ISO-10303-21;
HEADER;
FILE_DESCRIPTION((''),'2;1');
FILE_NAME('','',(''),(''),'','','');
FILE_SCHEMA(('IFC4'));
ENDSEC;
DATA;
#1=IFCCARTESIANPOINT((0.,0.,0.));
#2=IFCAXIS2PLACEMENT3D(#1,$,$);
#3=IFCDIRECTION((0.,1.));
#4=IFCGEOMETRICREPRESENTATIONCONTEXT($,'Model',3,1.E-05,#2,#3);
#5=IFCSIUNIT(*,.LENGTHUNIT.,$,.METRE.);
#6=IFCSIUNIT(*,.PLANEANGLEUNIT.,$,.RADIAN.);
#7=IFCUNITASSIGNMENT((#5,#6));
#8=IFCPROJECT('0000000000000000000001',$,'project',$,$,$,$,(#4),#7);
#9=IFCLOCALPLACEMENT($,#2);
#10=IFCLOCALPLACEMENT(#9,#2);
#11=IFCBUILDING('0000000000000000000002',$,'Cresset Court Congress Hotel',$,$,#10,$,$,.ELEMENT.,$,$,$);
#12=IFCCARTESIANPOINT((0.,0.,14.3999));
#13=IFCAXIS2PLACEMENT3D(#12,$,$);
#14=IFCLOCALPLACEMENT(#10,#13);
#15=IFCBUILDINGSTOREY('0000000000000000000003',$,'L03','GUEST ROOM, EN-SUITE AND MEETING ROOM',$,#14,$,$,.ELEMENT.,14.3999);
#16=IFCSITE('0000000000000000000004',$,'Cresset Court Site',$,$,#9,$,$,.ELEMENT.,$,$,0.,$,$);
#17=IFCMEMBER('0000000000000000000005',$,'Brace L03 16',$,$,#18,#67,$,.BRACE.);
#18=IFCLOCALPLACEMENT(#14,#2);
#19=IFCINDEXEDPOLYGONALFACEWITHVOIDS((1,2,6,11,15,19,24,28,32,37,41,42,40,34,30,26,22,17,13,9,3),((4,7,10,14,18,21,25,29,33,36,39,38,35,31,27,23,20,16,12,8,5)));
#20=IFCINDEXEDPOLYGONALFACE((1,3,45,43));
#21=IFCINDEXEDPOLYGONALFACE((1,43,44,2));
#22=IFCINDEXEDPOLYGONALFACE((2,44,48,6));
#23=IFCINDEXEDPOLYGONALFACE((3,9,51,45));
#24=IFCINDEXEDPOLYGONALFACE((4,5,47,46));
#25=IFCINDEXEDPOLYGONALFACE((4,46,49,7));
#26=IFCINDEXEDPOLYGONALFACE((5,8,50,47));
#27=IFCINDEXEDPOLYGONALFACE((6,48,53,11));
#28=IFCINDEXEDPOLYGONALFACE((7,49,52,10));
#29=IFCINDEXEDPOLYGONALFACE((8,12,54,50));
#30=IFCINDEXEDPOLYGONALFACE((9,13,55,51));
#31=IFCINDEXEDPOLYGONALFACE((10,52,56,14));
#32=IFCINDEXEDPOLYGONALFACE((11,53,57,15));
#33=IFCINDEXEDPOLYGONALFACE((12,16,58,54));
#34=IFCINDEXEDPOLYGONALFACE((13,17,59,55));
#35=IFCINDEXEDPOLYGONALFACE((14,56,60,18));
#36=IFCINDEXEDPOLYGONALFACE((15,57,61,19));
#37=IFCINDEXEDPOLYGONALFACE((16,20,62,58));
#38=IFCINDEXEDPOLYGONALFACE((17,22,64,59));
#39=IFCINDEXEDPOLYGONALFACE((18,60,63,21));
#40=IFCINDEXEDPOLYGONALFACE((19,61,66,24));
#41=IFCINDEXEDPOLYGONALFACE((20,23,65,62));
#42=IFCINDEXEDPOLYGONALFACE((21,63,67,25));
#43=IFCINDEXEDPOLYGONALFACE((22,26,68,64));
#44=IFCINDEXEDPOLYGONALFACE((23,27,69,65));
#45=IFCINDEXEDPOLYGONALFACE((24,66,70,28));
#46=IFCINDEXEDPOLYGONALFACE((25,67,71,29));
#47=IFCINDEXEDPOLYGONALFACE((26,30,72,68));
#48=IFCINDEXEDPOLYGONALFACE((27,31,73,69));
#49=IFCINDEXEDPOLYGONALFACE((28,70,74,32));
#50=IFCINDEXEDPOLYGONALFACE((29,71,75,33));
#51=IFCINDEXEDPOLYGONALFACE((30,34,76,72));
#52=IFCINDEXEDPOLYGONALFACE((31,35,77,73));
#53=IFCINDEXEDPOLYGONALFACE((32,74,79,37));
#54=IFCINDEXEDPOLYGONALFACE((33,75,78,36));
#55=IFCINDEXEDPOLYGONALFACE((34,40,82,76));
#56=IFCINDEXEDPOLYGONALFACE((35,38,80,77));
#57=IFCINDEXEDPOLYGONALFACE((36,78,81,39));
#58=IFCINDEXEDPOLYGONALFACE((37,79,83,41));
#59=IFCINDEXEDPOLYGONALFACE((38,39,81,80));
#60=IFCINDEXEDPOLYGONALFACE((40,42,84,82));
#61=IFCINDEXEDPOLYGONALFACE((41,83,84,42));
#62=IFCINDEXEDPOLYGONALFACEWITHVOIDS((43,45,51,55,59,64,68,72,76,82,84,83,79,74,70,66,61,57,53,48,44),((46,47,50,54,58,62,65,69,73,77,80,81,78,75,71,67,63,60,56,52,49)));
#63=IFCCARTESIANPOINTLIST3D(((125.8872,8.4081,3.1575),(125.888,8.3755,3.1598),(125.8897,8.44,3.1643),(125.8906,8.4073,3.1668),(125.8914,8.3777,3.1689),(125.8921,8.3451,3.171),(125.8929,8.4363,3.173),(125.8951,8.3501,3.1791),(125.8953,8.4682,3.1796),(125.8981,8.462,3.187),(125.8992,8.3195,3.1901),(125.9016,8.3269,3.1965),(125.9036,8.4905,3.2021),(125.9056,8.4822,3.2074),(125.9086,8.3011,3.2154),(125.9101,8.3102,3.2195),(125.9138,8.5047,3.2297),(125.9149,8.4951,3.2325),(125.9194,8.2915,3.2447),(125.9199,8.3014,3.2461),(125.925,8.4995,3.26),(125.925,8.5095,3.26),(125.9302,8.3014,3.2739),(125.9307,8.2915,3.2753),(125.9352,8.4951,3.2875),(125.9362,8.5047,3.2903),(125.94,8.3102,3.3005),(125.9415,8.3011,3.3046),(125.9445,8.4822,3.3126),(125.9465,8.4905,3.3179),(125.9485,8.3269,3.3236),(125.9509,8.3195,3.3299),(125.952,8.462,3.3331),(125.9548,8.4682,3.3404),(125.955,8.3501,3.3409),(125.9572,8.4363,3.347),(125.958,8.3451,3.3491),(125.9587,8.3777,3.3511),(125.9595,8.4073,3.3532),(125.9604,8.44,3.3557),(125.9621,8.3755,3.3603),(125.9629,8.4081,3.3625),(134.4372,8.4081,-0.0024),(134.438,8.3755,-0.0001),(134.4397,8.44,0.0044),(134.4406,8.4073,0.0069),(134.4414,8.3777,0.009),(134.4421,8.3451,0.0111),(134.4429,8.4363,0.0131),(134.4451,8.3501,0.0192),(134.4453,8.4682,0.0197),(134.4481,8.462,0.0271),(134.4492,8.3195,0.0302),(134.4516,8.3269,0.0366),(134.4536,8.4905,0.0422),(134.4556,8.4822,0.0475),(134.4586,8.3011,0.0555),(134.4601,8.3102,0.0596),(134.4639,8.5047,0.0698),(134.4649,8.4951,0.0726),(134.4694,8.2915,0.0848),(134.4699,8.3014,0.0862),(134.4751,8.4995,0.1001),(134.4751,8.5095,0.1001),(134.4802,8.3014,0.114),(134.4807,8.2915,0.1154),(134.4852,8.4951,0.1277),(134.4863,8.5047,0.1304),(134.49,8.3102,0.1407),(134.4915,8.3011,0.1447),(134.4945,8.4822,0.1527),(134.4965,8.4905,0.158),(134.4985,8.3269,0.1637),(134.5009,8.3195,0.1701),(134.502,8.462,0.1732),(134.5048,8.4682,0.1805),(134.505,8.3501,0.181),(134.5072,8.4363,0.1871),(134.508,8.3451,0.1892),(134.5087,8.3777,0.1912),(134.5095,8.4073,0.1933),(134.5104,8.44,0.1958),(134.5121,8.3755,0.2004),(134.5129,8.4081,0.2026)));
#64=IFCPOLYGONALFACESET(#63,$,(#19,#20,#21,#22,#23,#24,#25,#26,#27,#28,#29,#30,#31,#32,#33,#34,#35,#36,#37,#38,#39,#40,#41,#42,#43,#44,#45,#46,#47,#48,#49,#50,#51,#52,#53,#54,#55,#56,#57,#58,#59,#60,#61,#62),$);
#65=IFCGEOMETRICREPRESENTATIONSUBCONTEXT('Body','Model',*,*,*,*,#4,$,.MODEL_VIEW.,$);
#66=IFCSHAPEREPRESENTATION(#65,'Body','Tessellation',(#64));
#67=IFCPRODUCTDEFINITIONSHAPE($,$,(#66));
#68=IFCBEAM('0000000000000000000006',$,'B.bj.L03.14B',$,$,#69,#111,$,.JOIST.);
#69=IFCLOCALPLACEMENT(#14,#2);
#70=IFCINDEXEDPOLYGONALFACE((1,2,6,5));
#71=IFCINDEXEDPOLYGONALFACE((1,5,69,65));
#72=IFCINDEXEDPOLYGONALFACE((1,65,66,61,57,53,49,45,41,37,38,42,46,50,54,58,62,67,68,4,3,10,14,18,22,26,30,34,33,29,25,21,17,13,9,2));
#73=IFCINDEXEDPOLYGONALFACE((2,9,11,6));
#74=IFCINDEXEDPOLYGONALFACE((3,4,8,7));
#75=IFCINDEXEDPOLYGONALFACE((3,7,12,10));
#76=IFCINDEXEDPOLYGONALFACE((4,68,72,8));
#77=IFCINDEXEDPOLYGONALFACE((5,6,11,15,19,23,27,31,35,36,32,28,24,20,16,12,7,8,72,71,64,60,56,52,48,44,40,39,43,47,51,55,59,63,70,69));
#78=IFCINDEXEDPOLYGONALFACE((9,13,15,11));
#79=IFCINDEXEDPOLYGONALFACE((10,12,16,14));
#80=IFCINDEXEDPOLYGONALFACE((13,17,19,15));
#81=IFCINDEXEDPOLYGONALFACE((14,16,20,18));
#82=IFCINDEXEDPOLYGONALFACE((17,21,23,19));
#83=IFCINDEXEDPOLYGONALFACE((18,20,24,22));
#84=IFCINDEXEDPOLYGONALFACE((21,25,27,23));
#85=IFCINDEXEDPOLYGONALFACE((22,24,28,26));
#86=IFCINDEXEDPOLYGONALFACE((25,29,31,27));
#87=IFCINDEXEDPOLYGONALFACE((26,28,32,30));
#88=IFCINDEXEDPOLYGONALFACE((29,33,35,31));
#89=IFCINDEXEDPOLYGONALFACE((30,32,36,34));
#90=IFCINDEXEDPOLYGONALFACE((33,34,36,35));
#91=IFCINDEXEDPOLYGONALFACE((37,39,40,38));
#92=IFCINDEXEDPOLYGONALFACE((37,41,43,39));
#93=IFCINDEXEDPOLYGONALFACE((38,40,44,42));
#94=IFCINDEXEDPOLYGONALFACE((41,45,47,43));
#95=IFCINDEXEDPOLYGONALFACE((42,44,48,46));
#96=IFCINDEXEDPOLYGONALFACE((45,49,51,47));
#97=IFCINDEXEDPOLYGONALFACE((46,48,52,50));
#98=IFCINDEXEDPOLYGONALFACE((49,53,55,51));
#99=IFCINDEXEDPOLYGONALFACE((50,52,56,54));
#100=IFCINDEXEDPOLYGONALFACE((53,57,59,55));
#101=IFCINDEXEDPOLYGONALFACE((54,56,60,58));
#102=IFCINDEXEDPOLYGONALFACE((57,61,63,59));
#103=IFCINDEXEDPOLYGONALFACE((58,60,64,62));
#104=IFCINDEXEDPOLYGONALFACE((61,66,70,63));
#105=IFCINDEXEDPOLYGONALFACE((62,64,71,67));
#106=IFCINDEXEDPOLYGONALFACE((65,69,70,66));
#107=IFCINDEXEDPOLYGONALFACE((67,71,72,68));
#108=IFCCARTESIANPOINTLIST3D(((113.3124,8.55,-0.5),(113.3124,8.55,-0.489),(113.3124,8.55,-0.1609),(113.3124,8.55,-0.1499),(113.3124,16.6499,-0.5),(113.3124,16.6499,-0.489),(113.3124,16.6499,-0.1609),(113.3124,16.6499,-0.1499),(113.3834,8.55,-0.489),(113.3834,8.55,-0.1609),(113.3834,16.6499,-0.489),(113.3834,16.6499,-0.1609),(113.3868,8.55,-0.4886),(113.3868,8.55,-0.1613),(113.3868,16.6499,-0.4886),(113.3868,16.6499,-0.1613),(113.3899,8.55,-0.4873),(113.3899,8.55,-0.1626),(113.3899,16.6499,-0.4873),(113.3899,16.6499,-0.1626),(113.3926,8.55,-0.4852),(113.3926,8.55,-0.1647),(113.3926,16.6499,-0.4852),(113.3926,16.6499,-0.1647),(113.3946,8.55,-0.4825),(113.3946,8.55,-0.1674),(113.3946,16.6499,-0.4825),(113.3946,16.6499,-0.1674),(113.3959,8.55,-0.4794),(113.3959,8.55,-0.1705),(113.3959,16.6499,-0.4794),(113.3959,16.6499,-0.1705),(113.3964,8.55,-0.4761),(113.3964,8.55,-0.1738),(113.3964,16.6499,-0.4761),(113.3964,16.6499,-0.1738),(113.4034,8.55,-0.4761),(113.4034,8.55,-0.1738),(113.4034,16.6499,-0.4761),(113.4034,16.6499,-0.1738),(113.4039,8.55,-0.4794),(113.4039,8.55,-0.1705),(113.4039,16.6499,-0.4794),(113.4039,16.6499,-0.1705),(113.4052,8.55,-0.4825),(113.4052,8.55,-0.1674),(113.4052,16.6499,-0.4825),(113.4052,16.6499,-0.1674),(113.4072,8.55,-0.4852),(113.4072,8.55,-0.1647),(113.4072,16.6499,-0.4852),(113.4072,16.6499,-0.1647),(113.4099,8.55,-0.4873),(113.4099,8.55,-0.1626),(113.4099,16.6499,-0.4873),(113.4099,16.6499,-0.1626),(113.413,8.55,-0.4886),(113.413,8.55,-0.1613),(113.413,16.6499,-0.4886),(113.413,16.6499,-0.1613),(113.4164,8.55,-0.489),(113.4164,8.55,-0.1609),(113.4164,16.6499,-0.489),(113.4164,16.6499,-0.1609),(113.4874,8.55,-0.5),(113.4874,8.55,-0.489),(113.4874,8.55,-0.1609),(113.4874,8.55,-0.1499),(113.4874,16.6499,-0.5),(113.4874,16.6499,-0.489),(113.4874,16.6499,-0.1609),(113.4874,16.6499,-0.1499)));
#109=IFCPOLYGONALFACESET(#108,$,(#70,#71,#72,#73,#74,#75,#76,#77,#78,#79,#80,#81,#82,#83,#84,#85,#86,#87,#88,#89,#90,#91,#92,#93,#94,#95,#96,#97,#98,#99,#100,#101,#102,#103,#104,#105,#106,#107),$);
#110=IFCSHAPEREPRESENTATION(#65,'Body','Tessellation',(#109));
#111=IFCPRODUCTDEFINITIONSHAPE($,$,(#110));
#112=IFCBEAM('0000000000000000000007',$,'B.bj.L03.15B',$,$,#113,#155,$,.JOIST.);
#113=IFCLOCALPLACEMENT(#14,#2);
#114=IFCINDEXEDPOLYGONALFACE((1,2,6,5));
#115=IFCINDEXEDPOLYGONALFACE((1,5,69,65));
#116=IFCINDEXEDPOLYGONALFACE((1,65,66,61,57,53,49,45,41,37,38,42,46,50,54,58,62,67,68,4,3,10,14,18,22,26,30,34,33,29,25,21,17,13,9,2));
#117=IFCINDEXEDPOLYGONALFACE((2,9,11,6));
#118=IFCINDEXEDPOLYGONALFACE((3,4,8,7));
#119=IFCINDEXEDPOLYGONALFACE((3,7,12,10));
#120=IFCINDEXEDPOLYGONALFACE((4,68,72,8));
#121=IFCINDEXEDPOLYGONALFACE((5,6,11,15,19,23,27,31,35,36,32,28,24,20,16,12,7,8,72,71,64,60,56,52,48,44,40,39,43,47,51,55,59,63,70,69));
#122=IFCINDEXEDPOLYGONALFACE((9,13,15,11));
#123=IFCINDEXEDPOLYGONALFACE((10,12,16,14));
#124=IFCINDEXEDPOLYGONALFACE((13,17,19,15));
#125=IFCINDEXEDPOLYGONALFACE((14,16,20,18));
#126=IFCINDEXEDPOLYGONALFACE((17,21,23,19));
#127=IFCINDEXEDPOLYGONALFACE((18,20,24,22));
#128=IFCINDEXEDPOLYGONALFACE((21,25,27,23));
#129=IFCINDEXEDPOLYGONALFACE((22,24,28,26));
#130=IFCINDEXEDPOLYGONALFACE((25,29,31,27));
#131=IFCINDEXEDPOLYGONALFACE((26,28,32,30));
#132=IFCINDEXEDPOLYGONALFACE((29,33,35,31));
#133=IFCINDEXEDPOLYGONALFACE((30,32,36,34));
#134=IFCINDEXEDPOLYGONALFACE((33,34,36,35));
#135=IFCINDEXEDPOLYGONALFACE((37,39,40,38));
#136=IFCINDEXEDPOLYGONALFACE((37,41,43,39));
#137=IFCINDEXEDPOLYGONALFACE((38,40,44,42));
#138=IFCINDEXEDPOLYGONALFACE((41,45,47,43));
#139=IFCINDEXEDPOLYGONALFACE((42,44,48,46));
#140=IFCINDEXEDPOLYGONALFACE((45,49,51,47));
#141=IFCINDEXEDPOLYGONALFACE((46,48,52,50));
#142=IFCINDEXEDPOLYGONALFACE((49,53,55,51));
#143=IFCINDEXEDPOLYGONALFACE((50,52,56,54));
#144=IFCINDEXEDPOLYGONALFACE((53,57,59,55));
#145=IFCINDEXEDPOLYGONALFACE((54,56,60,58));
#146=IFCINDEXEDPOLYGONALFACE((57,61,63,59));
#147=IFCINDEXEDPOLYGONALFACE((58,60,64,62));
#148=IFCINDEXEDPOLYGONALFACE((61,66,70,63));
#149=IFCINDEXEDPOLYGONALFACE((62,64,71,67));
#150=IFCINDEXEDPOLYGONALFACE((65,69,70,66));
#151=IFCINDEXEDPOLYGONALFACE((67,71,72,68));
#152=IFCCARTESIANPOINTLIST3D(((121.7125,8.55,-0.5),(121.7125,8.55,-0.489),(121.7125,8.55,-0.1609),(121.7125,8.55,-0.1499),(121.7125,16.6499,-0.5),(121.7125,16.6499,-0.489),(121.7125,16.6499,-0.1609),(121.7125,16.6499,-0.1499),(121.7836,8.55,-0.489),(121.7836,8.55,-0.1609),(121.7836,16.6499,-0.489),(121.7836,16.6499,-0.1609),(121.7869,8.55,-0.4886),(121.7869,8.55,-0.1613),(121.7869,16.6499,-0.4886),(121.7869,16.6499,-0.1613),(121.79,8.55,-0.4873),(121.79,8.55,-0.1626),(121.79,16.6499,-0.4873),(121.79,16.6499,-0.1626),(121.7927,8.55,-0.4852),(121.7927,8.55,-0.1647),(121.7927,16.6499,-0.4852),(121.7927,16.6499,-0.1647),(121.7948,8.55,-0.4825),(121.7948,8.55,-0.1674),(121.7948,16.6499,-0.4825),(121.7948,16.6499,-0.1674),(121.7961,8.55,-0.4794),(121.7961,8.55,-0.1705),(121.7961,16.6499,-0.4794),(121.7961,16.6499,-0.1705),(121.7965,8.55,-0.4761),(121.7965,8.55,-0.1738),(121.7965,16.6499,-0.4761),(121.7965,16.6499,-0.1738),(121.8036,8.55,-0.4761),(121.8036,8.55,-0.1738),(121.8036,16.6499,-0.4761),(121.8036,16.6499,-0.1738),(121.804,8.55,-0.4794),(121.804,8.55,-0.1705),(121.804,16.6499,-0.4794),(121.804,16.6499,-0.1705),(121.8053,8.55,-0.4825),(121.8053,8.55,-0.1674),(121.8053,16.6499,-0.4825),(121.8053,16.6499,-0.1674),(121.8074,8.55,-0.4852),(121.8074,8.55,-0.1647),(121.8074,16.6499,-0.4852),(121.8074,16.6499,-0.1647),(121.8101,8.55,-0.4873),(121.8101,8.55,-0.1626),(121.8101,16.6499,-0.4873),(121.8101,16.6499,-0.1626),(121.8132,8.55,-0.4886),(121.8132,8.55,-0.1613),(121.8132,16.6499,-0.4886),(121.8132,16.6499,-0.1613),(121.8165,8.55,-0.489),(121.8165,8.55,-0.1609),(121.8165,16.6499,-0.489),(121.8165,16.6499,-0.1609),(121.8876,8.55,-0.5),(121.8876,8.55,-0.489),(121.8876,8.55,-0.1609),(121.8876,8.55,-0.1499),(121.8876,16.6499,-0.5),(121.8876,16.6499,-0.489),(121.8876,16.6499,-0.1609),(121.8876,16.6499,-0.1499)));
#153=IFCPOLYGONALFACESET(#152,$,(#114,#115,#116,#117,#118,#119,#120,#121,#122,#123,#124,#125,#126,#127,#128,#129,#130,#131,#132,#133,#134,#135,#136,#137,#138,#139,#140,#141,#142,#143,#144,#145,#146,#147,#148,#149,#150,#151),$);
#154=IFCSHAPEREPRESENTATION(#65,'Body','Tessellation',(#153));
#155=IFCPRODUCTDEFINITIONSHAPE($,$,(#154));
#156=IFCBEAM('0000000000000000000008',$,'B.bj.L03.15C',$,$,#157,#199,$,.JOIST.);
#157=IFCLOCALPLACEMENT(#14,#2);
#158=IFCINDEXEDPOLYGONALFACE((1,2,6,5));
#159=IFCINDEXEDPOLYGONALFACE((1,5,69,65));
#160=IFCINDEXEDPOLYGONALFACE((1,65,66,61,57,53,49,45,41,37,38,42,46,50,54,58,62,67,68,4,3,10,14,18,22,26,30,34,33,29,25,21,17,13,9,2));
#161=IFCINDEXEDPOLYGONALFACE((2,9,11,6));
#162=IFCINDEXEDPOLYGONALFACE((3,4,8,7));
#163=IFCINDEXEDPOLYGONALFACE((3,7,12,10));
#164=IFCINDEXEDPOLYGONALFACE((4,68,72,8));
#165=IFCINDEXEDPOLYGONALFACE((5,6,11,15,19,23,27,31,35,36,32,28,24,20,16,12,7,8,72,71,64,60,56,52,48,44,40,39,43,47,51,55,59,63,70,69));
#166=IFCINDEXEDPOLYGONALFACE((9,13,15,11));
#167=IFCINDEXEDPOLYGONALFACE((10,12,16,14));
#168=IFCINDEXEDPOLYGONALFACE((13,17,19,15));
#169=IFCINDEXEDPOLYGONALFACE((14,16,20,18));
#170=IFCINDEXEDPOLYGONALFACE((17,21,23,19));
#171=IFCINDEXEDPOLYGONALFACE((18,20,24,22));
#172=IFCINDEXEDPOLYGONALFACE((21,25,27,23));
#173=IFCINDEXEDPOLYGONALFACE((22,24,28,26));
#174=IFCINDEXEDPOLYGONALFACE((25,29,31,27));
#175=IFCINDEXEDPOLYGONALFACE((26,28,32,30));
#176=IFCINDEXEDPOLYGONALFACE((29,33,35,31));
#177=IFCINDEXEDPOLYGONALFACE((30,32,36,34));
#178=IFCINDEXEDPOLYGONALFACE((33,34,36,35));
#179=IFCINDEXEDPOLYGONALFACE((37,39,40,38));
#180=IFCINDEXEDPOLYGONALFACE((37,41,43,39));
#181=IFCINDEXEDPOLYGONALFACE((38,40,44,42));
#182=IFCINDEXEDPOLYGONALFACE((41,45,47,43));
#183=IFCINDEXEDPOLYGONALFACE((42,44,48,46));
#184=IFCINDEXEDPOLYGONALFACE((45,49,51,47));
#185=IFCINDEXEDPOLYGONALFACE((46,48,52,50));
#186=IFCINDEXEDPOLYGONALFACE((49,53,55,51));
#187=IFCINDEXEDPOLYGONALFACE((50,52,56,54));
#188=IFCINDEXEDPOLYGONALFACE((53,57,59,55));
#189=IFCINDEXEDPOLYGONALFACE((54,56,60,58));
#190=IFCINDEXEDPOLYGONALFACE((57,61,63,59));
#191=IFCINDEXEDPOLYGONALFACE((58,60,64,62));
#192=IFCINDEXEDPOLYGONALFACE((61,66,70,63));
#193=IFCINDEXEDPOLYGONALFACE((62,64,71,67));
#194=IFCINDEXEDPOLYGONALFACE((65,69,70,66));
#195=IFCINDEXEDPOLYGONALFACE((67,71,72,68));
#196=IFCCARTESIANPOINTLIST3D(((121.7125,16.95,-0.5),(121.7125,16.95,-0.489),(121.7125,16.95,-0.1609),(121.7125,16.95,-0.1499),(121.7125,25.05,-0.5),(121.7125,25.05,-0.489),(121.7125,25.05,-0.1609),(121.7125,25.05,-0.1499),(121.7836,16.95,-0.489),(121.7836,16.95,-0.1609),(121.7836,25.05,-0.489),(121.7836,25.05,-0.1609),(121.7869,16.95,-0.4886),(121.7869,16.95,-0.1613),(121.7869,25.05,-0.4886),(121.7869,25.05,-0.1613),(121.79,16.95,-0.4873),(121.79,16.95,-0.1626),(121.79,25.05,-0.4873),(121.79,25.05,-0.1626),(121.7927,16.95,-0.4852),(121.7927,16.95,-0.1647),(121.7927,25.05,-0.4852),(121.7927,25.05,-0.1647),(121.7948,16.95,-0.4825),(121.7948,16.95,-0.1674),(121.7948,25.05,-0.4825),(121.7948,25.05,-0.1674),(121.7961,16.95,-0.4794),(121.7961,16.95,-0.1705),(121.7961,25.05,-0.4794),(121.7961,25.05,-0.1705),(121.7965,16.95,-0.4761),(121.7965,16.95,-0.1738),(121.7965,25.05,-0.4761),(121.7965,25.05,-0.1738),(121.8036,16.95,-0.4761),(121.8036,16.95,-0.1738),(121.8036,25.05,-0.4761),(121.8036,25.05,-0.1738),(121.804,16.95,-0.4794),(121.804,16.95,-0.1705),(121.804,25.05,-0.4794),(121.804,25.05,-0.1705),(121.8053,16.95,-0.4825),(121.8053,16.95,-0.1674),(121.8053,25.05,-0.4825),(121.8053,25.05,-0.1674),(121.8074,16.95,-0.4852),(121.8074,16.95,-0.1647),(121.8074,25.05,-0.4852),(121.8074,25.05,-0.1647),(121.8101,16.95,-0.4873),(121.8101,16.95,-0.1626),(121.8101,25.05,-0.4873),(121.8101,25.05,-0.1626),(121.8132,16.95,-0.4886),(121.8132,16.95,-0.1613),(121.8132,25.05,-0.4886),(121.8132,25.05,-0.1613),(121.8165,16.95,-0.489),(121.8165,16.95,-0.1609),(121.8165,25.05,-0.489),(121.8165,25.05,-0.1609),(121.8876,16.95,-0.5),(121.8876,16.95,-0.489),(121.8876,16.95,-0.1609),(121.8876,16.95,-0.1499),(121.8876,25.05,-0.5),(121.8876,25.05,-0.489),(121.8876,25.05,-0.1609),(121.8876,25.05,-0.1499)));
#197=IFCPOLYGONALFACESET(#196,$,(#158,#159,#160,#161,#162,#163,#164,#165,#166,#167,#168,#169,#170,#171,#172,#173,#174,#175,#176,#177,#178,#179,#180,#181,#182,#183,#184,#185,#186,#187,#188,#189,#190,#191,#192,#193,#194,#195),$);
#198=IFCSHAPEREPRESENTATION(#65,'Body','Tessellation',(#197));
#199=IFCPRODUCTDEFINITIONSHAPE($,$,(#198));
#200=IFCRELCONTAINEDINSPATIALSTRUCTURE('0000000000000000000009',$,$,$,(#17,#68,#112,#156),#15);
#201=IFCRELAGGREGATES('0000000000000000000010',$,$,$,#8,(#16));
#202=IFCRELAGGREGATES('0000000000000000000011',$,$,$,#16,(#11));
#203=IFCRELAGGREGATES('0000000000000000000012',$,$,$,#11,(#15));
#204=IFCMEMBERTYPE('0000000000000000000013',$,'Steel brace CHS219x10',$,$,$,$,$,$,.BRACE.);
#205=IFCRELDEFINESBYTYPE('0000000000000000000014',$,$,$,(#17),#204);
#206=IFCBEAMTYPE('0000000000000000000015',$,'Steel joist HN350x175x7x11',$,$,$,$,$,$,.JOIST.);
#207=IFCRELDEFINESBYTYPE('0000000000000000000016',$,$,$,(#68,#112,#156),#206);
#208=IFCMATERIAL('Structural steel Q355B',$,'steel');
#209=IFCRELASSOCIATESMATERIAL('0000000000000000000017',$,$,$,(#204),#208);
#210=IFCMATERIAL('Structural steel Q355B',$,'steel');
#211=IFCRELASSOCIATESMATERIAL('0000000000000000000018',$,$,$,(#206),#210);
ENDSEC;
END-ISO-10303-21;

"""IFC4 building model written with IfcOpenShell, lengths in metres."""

from ifc_helpers import new_model, si_unit, direction, frame, origin, origin_2d, place, context, subcontext, project, spatial, hollow_circle, i_section, extrude, material, material_profile, profile_set, type_object, element, save


model = new_model("IFC4")

# Units and contexts
model_context = context("Model", 3, precision=1e-05, world=origin(), true_north=direction((0.0, 1.0)))
body_context = subcontext(model_context, "Body", "Model", "MODEL_VIEW")
ifc_project = project(units=[si_unit("LENGTHUNIT", "METRE"), si_unit("PLANEANGLEUNIT", "RADIAN")], contexts=[model_context])

# Site, building, storey
site_placement = place(None, origin())
site = spatial("IfcSite", under=ifc_project, at=site_placement, Name="Cresset Court Site", CompositionType="ELEMENT", RefElevation=0.0)
building_placement = place(site_placement, origin())
building = spatial("IfcBuilding", under=site, at=building_placement, Name="Cresset Court Congress Hotel", CompositionType="ELEMENT")
storey_placement = place(building_placement, frame((0.0, 0.0, 14.3999)))
storey = spatial("IfcBuildingStorey", under=building, at=storey_placement, Name="L03", Description="GUEST ROOM, EN-SUITE AND MEETING ROOM", CompositionType="ELEMENT", Elevation=14.3999)

# Member
ifc_material_1 = material(Name="Structural steel Q355B", Category="steel")
ifc_material_profile_1 = material_profile(ifc_material_1, hollow_circle(Radius=0.1096, WallThickness=0.01, at=origin_2d()), Name="CHS219x10")
ifc_profile_set_1 = profile_set([ifc_material_profile_1], Name="Structural steel Q355B")
member_type = type_object("IfcMemberType", Name="Steel brace CHS219x10", PredefinedType="BRACE", material=ifc_profile_set_1)
member_placement = place(storey_placement, frame((125.925, 8.3999, 3.26), z_axis=(0.937991, 0.0, -0.346661), x_axis=(0.0, 1.0, 0.0)))
element("IfcMember", 1, at=member_placement, inside=storey, type_object=member_type, Name="Brace L03 16", PredefinedType="BRACE", context=body_context, shape_type="SweptSolid", body=[
    extrude(hollow_circle(Radius=0.1096, WallThickness=0.01, at=origin_2d()), origin(), (0.0, 0.0, 1.0), 9.1152),
])

# Beams
ifc_material_2 = material(Name="Structural steel Q355B", Category="steel")
ifc_material_profile_2 = material_profile(ifc_material_2, i_section(OverallWidth=0.175, OverallDepth=0.3501, WebThickness=0.0071, FlangeThickness=0.011, FilletRadius=0.0129, at=origin_2d()), Name="HN350x175x7x11")
ifc_profile_set_2 = profile_set([ifc_material_profile_2], Name="Structural steel Q355B")
beam_type_1 = type_object("IfcBeamType", Name="Steel joist HN350x175x7x11", PredefinedType="JOIST", material=ifc_profile_set_2)
for number, where, z_axis, x_axis, name in (
    (2, (113.3999, 8.55, -0.325), (0.0, 1.0, 0.0), (-1.0, 0.0, 0.0), "B.bj.L03.14B"),
    (3, (121.8, 8.55, -0.325), (0.0, 1.0, 0.0), (-1.0, 0.0, 0.0), "B.bj.L03.15B"),
):
    element("IfcBeam", number, at=place(storey_placement, frame(where, z_axis=z_axis, x_axis=x_axis)), inside=storey, type_object=beam_type_1, Name=name, PredefinedType="JOIST", context=body_context, shape_type="SweptSolid", body=[
        extrude(i_section(OverallWidth=0.175, OverallDepth=0.3501, WebThickness=0.0071, FlangeThickness=0.011, FilletRadius=0.0129, at=origin_2d()), origin(), (0.0, 0.0, 1.0), 8.0999),
    ])
beam_1_placement = place(storey_placement, frame((121.8, 16.95, -0.325), z_axis=(0.0, 1.0, 0.0), x_axis=(-1.0, 0.0, 0.0)))
element("IfcBeam", 4, at=beam_1_placement, inside=storey, type_object=beam_type_1, Name="B.bj.L03.15C", PredefinedType="JOIST", context=body_context, shape_type="SweptSolid", body=[
    extrude(i_section(OverallWidth=0.175, OverallDepth=0.3501, WebThickness=0.0071, FlangeThickness=0.011, FilletRadius=0.0129, at=origin_2d()), origin(), (0.0, 0.0, 1.0), 8.1001),
])

save(model, "model.ifc")
